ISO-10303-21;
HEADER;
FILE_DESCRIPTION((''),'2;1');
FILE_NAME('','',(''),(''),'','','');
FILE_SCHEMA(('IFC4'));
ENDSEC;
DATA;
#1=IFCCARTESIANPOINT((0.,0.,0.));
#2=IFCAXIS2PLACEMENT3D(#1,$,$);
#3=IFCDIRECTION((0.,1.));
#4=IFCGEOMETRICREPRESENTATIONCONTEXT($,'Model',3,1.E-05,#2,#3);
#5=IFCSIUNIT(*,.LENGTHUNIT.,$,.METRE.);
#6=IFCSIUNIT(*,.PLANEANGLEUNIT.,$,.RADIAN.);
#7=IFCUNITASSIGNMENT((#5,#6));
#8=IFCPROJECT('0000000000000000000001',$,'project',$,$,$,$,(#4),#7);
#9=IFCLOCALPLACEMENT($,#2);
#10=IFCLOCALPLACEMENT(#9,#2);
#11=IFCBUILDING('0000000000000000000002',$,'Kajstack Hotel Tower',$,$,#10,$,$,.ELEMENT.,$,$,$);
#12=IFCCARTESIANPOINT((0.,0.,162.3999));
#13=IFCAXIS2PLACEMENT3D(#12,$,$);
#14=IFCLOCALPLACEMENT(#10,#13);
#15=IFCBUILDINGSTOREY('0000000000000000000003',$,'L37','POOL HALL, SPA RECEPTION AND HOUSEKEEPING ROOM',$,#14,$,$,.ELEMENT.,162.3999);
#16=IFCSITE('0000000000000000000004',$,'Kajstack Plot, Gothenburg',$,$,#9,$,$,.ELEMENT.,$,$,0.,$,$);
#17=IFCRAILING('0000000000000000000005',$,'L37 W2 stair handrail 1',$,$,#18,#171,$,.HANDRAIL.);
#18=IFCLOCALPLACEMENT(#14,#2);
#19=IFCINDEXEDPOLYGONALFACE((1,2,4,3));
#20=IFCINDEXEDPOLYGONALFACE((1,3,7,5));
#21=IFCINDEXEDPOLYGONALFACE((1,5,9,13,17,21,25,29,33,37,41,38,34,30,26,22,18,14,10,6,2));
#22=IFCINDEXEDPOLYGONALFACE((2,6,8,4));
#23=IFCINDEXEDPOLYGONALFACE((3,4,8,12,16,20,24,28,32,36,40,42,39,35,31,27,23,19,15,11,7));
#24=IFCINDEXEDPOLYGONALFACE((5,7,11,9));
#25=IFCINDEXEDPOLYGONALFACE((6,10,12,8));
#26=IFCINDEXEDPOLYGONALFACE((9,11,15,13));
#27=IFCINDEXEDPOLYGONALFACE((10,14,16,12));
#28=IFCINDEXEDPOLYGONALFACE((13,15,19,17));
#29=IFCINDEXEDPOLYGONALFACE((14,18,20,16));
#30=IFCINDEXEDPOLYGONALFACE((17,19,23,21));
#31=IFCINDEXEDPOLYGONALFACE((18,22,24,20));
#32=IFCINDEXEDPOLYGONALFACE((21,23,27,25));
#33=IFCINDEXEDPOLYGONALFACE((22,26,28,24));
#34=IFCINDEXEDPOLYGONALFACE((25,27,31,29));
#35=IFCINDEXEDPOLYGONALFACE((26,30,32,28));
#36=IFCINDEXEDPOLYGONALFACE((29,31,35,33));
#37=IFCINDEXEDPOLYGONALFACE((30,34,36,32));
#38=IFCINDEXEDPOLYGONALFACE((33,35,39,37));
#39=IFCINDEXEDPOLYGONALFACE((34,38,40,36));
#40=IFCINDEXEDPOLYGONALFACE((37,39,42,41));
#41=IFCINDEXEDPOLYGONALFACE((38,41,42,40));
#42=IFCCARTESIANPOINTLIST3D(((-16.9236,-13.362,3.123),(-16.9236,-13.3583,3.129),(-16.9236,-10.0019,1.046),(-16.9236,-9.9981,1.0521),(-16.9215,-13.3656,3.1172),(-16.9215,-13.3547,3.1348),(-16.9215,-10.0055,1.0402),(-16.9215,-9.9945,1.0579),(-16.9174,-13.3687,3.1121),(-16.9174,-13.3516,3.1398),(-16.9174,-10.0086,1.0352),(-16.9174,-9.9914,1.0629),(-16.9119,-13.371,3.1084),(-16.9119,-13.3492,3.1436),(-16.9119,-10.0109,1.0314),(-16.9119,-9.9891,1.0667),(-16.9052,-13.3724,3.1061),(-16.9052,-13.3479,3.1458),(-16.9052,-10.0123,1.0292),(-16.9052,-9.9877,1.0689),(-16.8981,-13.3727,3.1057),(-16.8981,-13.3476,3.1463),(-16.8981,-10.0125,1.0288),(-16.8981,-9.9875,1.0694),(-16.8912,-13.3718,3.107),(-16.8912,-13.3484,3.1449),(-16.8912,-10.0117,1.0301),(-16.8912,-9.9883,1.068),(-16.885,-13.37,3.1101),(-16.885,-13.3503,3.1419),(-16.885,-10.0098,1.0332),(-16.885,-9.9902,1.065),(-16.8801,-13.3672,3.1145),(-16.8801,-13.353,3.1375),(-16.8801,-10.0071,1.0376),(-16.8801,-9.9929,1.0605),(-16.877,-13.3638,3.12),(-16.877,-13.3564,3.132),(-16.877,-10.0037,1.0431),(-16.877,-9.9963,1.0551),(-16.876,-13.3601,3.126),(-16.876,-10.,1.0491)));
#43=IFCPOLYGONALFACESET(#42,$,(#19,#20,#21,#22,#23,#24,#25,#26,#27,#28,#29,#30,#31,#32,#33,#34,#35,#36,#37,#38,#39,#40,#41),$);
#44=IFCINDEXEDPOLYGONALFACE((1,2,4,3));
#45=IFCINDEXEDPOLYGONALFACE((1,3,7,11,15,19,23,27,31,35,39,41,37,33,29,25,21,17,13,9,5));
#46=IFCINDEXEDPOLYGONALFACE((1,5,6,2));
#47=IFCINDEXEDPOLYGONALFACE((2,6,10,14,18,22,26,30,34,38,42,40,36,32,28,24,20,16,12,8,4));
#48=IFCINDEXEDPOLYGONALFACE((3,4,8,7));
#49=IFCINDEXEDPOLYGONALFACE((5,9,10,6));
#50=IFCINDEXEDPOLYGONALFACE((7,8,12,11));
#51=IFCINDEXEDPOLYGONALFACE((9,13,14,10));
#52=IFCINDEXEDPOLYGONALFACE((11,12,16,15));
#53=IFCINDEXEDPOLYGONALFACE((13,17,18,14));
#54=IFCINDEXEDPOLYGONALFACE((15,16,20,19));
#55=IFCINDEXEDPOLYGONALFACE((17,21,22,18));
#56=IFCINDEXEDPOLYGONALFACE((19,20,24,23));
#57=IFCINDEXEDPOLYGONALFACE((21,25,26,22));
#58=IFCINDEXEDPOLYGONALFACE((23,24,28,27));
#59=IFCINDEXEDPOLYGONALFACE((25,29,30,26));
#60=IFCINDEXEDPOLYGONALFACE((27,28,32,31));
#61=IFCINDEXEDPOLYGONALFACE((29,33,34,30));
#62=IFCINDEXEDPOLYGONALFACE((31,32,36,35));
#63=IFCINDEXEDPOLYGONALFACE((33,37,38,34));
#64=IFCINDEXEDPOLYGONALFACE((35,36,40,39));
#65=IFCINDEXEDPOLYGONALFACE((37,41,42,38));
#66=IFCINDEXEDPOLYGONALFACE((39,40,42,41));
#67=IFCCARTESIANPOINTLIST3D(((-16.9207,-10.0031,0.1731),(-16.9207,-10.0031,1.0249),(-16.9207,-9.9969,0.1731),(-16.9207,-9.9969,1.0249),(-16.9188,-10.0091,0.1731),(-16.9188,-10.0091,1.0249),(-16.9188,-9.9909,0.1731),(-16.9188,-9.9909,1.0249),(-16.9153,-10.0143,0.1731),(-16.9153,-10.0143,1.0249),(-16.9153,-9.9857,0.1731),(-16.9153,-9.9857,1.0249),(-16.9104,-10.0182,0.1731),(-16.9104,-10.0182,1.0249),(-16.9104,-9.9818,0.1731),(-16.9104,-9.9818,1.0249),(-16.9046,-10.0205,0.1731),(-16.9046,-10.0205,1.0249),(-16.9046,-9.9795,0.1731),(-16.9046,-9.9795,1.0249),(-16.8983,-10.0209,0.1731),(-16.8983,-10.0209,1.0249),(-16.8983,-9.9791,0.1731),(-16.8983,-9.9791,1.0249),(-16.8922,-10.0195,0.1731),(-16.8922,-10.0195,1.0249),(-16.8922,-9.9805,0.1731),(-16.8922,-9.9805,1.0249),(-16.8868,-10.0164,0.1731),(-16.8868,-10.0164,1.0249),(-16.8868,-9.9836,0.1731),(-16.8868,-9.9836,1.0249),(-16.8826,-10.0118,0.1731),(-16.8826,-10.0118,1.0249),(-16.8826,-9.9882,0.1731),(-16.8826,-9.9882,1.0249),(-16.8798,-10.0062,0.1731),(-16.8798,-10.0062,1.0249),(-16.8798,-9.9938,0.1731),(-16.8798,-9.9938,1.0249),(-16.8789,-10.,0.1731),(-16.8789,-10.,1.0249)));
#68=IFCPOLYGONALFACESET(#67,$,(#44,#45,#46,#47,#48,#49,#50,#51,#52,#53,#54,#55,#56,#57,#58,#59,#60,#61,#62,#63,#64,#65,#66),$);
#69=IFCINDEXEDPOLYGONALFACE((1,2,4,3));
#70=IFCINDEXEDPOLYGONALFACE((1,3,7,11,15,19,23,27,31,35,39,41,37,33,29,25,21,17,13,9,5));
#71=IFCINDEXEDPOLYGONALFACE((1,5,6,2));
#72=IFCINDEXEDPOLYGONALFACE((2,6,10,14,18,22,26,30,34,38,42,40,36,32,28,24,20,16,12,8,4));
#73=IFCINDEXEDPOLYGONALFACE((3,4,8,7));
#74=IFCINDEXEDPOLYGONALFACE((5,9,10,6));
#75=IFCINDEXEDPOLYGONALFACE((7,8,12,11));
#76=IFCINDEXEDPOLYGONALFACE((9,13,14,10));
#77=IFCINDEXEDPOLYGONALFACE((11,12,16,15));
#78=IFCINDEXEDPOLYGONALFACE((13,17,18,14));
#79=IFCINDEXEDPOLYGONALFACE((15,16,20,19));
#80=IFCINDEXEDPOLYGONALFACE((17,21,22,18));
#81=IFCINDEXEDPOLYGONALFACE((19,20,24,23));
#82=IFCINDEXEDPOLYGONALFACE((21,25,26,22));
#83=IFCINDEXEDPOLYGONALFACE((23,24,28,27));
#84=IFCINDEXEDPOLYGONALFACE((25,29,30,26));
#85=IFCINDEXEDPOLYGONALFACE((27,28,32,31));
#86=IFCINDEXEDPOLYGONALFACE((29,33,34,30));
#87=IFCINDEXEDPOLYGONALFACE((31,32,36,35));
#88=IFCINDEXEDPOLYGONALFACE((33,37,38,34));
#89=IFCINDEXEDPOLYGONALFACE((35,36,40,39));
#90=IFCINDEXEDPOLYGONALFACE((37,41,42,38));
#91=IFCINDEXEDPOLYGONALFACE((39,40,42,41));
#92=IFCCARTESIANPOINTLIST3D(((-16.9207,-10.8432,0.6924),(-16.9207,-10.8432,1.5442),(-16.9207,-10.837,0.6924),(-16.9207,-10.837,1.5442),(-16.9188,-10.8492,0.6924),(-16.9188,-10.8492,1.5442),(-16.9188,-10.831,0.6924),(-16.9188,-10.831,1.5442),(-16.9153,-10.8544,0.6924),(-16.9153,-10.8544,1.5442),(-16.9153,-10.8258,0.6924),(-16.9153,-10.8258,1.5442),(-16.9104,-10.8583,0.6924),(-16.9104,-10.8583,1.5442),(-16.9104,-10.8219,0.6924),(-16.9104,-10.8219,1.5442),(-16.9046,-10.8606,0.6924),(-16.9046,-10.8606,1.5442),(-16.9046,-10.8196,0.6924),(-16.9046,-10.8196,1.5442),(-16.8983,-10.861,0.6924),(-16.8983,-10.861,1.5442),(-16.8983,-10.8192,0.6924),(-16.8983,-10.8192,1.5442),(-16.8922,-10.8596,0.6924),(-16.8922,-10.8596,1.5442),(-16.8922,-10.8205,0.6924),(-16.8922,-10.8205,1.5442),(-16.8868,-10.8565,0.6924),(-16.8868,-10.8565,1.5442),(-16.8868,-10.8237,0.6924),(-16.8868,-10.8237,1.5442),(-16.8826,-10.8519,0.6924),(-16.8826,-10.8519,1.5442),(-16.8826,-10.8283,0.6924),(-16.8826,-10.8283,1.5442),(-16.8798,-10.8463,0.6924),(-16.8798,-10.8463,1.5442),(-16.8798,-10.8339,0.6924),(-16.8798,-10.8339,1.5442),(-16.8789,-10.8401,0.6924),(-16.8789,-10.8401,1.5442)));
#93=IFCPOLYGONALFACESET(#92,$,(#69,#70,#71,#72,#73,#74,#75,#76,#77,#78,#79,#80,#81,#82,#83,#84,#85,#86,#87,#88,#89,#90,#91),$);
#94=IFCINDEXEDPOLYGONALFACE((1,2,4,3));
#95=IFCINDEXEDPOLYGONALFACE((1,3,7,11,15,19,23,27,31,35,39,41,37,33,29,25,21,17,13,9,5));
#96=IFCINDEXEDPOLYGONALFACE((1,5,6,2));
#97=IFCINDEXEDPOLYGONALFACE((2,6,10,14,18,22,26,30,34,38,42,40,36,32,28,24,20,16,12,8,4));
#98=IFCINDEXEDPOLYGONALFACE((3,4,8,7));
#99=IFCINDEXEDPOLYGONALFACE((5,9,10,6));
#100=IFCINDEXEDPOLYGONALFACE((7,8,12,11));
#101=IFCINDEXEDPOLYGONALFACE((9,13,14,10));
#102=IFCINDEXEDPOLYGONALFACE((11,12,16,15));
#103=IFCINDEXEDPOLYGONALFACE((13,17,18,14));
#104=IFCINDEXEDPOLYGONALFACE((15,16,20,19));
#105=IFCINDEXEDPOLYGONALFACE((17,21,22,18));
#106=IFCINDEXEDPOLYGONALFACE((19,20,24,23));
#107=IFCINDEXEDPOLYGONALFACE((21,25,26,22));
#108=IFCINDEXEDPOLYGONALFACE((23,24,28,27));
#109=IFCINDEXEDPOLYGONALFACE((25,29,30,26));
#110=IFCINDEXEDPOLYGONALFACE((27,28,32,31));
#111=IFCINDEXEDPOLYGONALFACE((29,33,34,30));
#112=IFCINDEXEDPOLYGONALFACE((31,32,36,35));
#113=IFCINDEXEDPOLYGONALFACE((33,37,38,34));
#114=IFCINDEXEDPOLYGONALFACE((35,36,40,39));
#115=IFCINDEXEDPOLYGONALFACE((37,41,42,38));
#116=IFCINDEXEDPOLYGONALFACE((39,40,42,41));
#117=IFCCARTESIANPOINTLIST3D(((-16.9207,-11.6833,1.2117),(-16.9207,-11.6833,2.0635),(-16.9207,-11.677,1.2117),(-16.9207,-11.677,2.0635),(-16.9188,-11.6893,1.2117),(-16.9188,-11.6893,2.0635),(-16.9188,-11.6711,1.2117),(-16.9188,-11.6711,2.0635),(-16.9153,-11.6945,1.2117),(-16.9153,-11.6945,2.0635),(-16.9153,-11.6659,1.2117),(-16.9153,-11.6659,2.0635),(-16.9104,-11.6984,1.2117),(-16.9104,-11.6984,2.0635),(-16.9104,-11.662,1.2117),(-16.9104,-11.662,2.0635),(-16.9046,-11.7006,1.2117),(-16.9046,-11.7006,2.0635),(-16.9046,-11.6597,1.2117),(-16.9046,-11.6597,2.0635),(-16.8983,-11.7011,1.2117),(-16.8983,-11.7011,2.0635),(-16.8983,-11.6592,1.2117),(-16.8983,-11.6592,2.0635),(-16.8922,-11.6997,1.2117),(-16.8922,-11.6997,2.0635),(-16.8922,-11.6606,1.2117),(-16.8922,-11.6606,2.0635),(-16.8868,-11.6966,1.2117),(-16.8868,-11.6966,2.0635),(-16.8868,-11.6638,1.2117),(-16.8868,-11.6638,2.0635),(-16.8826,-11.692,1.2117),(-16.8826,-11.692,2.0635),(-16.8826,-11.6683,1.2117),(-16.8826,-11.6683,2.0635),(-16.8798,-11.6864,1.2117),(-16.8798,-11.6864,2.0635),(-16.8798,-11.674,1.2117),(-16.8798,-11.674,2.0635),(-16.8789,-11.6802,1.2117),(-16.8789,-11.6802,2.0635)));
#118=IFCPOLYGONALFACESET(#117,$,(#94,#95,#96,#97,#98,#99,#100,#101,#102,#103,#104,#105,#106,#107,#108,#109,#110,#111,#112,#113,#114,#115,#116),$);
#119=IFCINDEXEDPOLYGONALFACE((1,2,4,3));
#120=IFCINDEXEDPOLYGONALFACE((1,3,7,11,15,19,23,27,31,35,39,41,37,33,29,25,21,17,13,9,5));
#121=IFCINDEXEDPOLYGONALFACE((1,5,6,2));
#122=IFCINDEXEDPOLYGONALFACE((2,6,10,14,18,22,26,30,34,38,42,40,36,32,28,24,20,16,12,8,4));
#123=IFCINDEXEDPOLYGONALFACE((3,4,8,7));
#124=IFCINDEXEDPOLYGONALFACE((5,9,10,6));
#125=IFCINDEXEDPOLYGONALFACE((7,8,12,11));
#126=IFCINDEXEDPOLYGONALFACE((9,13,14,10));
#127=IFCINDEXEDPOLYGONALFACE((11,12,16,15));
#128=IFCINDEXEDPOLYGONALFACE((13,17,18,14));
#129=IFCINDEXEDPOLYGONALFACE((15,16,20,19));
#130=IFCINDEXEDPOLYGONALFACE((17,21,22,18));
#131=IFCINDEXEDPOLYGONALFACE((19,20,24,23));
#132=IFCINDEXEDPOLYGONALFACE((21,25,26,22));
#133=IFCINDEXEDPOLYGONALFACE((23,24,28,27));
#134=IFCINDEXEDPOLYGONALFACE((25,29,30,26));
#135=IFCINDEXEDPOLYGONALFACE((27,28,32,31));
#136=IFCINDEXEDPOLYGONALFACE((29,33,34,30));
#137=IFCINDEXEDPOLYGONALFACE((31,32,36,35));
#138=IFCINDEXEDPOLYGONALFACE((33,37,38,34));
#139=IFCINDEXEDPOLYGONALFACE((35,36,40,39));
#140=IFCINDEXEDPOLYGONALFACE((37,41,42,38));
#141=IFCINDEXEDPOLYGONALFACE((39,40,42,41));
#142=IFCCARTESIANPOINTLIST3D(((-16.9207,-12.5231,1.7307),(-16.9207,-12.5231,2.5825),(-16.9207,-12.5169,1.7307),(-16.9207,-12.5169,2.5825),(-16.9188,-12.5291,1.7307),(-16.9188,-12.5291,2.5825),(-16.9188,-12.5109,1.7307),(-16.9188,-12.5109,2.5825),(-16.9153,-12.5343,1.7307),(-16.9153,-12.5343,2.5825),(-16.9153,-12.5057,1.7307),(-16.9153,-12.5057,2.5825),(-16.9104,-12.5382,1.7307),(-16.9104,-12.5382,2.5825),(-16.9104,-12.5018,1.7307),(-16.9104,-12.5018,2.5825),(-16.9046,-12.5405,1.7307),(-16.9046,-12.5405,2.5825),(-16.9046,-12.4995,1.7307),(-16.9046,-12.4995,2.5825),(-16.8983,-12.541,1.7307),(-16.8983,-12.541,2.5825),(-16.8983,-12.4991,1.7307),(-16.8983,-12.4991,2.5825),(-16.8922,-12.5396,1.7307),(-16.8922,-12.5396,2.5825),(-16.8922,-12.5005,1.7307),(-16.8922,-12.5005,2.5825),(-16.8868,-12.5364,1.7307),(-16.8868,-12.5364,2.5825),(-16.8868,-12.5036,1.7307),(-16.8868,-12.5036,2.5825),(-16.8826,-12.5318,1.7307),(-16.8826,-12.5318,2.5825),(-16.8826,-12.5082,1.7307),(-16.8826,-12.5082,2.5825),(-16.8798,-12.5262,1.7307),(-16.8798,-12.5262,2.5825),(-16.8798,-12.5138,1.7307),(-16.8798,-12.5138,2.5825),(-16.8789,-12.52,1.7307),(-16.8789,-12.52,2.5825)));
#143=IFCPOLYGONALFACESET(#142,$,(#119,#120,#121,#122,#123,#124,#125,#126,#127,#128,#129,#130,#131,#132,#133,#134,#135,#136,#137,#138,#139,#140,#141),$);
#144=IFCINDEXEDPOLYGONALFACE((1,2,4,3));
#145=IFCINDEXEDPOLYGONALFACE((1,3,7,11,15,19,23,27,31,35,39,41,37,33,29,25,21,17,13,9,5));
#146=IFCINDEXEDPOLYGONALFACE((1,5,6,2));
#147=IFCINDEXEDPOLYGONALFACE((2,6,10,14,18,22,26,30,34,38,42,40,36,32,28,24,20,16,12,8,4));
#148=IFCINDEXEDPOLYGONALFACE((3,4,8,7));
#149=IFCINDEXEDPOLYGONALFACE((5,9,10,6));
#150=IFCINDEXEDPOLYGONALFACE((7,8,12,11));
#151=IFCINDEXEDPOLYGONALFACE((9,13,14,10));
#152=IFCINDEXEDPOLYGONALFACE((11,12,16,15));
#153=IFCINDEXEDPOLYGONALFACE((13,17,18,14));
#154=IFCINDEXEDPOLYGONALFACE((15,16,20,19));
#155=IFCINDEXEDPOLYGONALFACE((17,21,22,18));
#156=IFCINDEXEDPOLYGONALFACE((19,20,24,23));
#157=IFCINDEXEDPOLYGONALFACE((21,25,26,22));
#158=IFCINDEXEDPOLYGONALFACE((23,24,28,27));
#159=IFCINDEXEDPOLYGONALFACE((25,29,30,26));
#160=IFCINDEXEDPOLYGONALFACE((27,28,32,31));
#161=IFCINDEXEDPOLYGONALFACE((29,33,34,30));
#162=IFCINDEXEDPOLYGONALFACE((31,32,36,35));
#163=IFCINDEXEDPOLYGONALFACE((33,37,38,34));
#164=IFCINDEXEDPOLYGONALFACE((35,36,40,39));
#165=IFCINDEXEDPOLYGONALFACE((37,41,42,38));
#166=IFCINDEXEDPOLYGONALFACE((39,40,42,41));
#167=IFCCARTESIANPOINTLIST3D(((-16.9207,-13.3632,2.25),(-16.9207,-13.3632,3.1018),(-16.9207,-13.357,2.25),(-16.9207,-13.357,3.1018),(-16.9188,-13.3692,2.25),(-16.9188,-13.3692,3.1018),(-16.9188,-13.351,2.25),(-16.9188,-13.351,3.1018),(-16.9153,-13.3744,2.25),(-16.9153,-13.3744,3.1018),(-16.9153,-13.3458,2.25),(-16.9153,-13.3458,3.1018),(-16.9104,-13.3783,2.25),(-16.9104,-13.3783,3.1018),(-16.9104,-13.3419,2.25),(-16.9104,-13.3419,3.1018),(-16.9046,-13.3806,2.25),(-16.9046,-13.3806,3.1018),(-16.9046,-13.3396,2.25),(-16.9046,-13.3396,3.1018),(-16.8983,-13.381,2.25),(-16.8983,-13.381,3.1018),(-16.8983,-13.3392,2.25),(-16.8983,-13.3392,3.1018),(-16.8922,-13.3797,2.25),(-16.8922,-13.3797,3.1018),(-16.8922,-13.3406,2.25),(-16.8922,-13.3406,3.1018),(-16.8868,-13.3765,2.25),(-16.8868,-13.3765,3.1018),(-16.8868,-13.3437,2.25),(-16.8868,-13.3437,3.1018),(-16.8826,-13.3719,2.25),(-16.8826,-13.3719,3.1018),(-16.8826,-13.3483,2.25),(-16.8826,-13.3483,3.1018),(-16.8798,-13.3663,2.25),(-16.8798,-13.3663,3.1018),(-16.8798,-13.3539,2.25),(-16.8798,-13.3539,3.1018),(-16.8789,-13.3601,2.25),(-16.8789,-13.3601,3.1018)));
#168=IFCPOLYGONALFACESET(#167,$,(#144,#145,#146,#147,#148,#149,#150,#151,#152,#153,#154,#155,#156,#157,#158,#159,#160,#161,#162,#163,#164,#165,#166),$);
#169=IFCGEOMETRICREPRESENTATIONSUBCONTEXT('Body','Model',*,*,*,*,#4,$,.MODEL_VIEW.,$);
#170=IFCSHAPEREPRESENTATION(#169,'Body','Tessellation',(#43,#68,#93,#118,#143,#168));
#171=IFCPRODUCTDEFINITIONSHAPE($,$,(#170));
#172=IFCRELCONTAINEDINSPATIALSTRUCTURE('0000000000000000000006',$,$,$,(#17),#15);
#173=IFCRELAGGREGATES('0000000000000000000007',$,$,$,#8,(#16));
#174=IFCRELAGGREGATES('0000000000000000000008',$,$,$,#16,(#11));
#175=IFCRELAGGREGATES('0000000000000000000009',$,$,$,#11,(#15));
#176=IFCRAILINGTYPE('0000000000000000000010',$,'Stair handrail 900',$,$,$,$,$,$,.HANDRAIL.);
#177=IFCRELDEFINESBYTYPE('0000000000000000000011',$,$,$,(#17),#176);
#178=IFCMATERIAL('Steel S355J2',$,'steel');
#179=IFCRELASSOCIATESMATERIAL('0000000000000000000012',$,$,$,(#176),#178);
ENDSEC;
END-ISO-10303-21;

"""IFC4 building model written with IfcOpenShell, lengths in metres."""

from ifc_helpers import new_model, si_unit, direction, frame, origin, origin_2d, place, context, subcontext, project, spatial, circle, extrude, material, type_object, element, save


model = new_model("IFC4")

# Units and contexts
model_context = context("Model", 3, precision=1e-05, world=origin(), true_north=direction((0.0, 1.0)))
body_context = subcontext(model_context, "Body", "Model", "MODEL_VIEW")
ifc_project = project(units=[si_unit("LENGTHUNIT", "METRE"), si_unit("PLANEANGLEUNIT", "RADIAN")], contexts=[model_context])

# Site, building, storey
site_placement = place(None, origin())
site = spatial("IfcSite", under=ifc_project, at=site_placement, Name="Kajstack Plot, Gothenburg", CompositionType="ELEMENT", RefElevation=0.0)
building_placement = place(site_placement, origin())
building = spatial("IfcBuilding", under=site, at=building_placement, Name="Kajstack Hotel Tower", CompositionType="ELEMENT")
storey_placement = place(building_placement, frame((0.0, 0.0, 162.3999)))
storey = spatial("IfcBuildingStorey", under=building, at=storey_placement, Name="L37", Description="POOL HALL, SPA RECEPTION AND HOUSEKEEPING ROOM", CompositionType="ELEMENT", Elevation=162.3999)

# Railing
ifc_material_1 = material(Name="Steel S355J2", Category="steel")
railing_type_1 = type_object("IfcRailingType", Name="Stair handrail 900", PredefinedType="HANDRAIL", material=ifc_material_1)
railing_1_placement = place(storey_placement, frame((-16.8999, -10.0, 0.1731)))
element("IfcRailing", 1, at=railing_1_placement, inside=storey, type_object=railing_type_1, Name="L37 W2 stair handrail 1", PredefinedType="HANDRAIL", context=body_context, shape_type="SweptSolid", body=[
    extrude(circle(Radius=0.0239, at=origin_2d()), frame((0.0, 0.0, 0.876), z_axis=(0.0, -0.850623, 0.525776), x_axis=(1.0, 0.0, 0.0)), (0.0, 0.0, 1.0), 3.9502),
    extrude(circle(Radius=0.021, at=origin_2d()), origin(), (0.0, 0.0, 1.0), 0.8518),
    extrude(circle(Radius=0.021, at=origin_2d()), frame((0.0, -0.8401, 0.5193)), (0.0, 0.0, 1.0), 0.8518),
    extrude(circle(Radius=0.021, at=origin_2d()), frame((0.0, -1.6802, 1.0386)), (0.0, 0.0, 1.0), 0.8518),
    extrude(circle(Radius=0.021, at=origin_2d()), frame((0.0, -2.52, 1.5576)), (0.0, 0.0, 1.0), 0.8518),
    extrude(circle(Radius=0.021, at=origin_2d()), frame((0.0, -3.3601, 2.0769)), (0.0, 0.0, 1.0), 0.8518),
])

save(model, "model.ifc")
